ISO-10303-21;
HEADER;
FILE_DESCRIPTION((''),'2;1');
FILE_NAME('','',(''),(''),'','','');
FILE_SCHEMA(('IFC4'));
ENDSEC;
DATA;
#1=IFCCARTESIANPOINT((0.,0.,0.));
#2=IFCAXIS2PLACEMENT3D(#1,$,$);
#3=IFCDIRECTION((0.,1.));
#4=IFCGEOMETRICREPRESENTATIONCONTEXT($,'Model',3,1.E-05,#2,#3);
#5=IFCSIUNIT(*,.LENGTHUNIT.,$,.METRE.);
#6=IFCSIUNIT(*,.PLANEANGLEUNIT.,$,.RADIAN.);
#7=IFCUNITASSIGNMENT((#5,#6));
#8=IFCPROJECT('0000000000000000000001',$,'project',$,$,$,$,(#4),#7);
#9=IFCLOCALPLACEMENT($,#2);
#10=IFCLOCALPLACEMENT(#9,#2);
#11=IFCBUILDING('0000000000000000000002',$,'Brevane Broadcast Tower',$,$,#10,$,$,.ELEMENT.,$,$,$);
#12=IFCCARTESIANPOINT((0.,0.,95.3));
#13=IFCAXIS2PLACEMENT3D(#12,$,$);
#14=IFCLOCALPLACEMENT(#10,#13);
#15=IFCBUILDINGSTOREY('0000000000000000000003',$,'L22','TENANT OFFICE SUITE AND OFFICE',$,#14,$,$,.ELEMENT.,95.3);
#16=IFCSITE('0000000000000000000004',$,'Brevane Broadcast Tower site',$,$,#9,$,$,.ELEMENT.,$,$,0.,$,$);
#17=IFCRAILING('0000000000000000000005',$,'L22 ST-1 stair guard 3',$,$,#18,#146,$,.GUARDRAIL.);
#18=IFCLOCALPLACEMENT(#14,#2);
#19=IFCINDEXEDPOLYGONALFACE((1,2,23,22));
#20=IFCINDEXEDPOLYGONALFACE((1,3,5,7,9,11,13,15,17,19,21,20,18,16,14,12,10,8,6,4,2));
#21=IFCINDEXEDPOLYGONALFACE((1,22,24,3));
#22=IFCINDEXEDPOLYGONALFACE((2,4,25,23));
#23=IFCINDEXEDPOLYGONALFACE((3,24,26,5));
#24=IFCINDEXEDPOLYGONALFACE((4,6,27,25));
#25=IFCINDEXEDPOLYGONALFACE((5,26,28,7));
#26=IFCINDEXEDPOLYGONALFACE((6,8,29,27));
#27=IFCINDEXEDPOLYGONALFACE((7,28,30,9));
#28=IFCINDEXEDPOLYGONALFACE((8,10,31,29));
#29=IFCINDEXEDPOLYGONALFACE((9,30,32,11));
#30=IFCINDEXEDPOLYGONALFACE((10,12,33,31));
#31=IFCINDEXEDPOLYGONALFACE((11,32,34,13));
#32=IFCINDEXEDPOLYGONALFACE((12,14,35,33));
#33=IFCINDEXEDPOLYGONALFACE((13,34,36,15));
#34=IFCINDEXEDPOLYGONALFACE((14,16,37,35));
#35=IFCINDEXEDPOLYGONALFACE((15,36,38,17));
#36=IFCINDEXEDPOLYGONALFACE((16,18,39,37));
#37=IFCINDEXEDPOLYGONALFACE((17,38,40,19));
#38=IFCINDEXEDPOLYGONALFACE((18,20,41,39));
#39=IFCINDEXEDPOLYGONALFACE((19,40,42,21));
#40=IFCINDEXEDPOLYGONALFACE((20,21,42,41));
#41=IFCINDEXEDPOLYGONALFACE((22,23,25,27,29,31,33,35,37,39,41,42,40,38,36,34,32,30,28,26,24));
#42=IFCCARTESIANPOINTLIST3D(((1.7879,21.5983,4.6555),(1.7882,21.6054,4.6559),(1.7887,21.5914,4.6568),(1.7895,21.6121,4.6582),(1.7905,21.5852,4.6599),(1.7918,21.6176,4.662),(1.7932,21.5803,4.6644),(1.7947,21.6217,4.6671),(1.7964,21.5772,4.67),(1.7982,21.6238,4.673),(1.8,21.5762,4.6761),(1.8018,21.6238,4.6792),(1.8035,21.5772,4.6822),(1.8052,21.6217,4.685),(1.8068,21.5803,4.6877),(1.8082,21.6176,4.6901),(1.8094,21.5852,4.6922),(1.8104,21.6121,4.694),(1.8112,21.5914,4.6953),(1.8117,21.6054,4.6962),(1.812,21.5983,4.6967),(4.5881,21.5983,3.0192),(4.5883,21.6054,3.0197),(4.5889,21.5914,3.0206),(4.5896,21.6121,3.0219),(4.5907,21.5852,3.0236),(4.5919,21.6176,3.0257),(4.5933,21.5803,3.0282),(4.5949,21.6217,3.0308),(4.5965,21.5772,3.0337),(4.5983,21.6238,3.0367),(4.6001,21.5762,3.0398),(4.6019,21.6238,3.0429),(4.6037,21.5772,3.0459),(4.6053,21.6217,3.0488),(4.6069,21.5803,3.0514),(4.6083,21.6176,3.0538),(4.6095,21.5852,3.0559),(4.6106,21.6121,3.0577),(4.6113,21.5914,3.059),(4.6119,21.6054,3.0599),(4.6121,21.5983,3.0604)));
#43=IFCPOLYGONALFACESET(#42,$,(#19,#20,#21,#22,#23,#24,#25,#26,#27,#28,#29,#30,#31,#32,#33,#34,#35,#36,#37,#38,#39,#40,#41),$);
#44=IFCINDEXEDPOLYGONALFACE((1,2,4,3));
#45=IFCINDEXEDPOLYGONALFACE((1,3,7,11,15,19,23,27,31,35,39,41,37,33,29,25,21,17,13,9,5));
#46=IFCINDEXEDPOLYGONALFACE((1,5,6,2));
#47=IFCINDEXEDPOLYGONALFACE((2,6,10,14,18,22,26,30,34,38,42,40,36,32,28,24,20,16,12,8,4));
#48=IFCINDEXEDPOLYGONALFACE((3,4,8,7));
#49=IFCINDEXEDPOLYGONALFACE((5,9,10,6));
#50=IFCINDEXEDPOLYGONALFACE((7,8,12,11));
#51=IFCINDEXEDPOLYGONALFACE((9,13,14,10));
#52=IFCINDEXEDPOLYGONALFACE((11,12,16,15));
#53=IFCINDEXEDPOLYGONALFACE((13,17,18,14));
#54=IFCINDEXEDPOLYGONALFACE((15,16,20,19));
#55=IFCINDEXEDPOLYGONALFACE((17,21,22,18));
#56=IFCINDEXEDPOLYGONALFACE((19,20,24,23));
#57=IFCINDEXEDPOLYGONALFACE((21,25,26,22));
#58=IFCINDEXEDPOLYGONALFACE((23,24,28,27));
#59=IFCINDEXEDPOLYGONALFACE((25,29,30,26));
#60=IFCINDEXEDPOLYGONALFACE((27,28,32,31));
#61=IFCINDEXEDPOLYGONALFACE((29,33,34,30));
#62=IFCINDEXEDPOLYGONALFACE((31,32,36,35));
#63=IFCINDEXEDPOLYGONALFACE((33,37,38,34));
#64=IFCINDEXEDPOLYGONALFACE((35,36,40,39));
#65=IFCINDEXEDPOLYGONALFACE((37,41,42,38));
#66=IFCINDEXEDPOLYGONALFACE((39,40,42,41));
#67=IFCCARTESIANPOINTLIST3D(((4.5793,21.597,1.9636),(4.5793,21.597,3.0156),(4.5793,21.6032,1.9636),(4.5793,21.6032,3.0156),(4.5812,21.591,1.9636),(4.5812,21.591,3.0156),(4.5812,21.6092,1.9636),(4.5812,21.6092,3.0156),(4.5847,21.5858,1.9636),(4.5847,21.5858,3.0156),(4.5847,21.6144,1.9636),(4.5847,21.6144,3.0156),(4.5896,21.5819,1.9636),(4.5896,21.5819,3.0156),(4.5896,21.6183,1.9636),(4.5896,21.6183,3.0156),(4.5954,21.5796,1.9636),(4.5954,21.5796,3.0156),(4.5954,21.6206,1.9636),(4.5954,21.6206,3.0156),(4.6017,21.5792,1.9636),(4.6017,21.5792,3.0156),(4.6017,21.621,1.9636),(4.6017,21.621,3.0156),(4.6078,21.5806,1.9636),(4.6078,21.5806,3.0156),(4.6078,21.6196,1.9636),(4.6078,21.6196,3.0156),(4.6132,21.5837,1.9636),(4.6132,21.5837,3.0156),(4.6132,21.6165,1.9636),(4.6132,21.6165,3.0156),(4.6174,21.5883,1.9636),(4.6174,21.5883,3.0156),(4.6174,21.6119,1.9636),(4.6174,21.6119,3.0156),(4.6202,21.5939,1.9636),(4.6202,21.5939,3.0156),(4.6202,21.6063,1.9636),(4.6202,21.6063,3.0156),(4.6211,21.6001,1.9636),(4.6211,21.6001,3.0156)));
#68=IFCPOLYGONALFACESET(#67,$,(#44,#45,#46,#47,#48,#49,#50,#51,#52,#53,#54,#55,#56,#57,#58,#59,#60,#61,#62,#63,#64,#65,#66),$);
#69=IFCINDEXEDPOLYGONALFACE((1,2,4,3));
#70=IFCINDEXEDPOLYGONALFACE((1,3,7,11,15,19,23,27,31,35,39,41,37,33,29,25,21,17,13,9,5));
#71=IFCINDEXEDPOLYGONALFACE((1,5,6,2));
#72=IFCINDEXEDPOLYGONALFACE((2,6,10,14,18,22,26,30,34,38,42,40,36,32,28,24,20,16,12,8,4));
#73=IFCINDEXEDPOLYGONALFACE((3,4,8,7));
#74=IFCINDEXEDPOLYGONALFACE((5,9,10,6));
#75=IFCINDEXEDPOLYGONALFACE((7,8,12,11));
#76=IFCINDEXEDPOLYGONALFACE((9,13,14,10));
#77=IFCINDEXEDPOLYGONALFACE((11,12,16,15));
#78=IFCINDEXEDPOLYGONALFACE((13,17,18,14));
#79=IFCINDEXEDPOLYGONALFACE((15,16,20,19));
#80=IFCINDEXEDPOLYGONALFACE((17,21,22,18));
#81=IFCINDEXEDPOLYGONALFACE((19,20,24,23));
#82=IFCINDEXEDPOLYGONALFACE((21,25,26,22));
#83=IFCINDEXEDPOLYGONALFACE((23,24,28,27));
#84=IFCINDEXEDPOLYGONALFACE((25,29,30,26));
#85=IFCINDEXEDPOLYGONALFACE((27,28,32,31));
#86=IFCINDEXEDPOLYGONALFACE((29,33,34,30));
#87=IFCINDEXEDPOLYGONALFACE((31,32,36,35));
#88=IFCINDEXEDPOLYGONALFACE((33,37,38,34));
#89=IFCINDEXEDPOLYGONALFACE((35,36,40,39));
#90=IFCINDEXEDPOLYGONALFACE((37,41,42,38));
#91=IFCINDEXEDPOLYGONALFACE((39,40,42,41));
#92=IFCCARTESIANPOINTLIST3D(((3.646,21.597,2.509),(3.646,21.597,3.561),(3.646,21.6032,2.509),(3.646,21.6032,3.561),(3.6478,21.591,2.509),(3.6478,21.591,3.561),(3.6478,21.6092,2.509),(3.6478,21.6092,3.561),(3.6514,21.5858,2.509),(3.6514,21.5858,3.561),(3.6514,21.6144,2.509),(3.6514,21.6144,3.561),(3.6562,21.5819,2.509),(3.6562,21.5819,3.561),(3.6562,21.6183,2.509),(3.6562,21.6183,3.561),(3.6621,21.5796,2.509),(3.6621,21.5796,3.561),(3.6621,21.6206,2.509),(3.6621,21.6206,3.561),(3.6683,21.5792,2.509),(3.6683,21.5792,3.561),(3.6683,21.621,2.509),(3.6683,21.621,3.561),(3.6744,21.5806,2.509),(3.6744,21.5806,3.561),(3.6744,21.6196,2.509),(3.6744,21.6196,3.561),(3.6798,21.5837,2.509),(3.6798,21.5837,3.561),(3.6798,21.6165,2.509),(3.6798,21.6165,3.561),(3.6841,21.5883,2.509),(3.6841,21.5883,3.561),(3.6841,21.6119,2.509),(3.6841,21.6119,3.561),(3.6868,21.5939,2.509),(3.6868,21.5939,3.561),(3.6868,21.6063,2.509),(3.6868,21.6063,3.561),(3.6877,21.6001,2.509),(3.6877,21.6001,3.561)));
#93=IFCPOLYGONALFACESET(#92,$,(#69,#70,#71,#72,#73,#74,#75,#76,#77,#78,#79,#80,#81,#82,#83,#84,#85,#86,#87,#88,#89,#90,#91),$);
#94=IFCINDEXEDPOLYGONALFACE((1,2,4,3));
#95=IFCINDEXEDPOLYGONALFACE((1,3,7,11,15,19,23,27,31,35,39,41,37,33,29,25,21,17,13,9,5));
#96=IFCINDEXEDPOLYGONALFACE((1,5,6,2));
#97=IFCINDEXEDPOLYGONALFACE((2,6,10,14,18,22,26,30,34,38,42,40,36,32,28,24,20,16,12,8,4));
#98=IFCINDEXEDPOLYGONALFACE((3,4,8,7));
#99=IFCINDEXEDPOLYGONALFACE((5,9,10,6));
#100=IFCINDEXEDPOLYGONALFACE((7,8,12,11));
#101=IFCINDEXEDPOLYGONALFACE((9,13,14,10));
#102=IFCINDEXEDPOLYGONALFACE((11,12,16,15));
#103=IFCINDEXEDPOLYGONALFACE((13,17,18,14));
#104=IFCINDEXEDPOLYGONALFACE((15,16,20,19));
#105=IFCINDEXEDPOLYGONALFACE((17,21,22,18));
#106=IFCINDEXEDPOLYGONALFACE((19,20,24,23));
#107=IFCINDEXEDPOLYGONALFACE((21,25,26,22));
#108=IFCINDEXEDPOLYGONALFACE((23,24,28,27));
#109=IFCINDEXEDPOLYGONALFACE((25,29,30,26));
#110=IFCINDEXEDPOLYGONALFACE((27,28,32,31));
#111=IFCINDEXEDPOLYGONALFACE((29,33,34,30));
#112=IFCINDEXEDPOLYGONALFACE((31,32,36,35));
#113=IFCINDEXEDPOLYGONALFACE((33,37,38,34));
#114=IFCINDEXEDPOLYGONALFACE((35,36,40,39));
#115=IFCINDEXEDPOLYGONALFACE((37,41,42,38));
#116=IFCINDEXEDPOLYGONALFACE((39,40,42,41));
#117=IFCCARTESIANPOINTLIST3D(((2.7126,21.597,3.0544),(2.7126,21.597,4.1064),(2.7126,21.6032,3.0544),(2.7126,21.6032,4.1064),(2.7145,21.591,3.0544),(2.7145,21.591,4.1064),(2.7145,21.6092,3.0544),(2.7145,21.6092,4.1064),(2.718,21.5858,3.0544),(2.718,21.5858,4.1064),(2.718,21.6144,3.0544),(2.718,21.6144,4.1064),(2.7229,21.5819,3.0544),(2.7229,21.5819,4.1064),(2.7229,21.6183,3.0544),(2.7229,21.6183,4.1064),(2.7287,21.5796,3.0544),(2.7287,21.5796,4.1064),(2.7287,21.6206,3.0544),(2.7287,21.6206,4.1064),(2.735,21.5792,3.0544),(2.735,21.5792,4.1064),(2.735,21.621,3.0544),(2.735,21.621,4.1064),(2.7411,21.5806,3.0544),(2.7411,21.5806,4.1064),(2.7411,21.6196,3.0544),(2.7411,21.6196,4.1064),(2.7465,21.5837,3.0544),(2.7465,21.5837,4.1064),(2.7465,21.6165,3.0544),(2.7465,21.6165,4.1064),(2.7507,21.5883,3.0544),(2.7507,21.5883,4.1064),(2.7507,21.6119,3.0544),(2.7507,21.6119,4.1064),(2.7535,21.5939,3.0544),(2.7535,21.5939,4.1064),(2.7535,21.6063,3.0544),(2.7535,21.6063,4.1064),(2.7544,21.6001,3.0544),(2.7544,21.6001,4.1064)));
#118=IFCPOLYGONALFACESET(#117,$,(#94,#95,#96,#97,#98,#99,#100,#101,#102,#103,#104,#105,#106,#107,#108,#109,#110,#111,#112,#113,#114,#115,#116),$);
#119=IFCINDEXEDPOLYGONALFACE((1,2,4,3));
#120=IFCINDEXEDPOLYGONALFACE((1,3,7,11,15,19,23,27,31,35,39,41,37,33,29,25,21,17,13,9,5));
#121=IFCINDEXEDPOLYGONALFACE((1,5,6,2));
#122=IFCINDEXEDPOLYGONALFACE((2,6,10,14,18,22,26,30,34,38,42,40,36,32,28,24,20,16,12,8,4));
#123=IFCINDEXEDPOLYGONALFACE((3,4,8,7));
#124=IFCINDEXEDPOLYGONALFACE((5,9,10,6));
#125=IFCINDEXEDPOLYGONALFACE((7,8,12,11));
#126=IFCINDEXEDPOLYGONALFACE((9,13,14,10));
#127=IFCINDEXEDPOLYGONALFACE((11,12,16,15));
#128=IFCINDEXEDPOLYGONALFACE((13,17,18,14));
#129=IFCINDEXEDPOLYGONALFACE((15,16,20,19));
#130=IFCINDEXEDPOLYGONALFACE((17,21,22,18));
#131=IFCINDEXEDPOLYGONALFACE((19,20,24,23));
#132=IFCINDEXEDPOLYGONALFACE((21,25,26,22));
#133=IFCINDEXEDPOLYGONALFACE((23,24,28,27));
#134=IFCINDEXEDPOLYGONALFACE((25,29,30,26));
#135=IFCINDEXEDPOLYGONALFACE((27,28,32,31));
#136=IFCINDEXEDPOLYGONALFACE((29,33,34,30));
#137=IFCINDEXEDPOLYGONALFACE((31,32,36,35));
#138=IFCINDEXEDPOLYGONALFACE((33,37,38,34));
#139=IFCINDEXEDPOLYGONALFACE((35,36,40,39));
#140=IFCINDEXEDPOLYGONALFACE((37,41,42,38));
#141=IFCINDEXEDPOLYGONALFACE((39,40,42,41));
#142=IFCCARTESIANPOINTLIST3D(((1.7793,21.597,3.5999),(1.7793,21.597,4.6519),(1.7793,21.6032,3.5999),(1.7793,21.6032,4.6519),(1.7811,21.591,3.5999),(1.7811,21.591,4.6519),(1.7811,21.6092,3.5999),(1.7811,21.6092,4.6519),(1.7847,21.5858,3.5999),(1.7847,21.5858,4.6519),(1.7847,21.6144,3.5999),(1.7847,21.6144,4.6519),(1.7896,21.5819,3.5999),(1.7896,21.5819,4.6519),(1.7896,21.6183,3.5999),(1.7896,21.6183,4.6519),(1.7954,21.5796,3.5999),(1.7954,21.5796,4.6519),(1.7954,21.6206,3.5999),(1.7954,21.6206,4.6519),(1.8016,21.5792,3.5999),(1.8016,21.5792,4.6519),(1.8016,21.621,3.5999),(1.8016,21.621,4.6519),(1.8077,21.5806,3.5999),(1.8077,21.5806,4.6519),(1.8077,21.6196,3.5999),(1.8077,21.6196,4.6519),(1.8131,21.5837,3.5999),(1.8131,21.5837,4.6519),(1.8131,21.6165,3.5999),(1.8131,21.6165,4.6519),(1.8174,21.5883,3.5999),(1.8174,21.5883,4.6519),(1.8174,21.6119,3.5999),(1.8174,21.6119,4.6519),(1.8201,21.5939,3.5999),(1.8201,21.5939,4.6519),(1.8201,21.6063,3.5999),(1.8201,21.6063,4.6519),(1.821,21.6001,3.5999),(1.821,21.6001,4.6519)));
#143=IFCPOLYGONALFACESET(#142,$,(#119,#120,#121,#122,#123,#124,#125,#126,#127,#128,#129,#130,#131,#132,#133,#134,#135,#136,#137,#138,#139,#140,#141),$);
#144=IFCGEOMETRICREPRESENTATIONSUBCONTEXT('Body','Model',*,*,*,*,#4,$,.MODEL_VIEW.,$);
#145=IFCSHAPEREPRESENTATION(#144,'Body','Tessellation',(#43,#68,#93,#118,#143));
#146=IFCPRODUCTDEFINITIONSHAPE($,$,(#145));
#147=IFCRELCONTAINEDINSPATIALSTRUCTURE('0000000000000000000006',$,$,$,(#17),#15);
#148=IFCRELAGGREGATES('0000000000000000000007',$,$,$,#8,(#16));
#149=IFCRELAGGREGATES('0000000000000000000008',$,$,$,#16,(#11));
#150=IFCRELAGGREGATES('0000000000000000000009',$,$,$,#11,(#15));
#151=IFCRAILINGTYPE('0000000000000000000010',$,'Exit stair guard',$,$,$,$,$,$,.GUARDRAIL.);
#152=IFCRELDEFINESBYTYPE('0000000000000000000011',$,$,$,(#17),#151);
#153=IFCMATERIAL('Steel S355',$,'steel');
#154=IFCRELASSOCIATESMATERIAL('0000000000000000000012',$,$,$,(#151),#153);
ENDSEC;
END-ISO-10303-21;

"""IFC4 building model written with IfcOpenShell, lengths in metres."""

from ifc_helpers import new_model, si_unit, direction, frame, origin, origin_2d, place, context, subcontext, project, spatial, circle, extrude, material, type_object, element, save


model = new_model("IFC4")

# Units and contexts
model_context = context("Model", 3, precision=1e-05, world=origin(), true_north=direction((0.0, 1.0)))
body_context = subcontext(model_context, "Body", "Model", "MODEL_VIEW")
ifc_project = project(units=[si_unit("LENGTHUNIT", "METRE"), si_unit("PLANEANGLEUNIT", "RADIAN")], contexts=[model_context])

# Site, building, storey
site_placement = place(None, origin())
site = spatial("IfcSite", under=ifc_project, at=site_placement, Name="Brevane Broadcast Tower site", CompositionType="ELEMENT", RefElevation=0.0)
building_placement = place(site_placement, origin())
building = spatial("IfcBuilding", under=site, at=building_placement, Name="Brevane Broadcast Tower", CompositionType="ELEMENT")
storey_placement = place(building_placement, frame((0.0, 0.0, 95.3)))
storey = spatial("IfcBuildingStorey", under=building, at=storey_placement, Name="L22", Description="TENANT OFFICE SUITE AND OFFICE", CompositionType="ELEMENT", Elevation=95.3)

# Railing
ifc_material_1 = material(Name="Steel S355", Category="steel")
railing_type_1 = type_object("IfcRailingType", Name="Exit stair guard", PredefinedType="GUARDRAIL", material=ifc_material_1)
railing_1_placement = place(storey_placement, frame((4.6001, 21.6001, 1.9636)))
element("IfcRailing", 1, at=railing_1_placement, inside=storey, type_object=railing_type_1, Name="L22 ST-1 stair guard 3", PredefinedType="GUARDRAIL", context=body_context, shape_type="SweptSolid", body=[
    extrude(circle(Radius=0.0239, at=origin_2d()), frame((0.0, 0.0, 1.0762), z_axis=(-0.863394, 0.0, 0.504531), x_axis=(0.0, -1.0, 0.0)), (0.0, 0.0, 1.0), 3.2432),
    extrude(circle(Radius=0.021, at=origin_2d()), origin(), (0.0, 0.0, 1.0), 1.052),
    extrude(circle(Radius=0.021, at=origin_2d()), frame((-0.9333, 0.0, 0.5454)), (0.0, 0.0, 1.0), 1.052),
    extrude(circle(Radius=0.021, at=origin_2d()), frame((-1.8667, 0.0, 1.0908)), (0.0, 0.0, 1.0), 1.052),
    extrude(circle(Radius=0.021, at=origin_2d()), frame((-2.8, 0.0, 1.6362)), (0.0, 0.0, 1.0), 1.052),
])

save(model, "model.ifc")
